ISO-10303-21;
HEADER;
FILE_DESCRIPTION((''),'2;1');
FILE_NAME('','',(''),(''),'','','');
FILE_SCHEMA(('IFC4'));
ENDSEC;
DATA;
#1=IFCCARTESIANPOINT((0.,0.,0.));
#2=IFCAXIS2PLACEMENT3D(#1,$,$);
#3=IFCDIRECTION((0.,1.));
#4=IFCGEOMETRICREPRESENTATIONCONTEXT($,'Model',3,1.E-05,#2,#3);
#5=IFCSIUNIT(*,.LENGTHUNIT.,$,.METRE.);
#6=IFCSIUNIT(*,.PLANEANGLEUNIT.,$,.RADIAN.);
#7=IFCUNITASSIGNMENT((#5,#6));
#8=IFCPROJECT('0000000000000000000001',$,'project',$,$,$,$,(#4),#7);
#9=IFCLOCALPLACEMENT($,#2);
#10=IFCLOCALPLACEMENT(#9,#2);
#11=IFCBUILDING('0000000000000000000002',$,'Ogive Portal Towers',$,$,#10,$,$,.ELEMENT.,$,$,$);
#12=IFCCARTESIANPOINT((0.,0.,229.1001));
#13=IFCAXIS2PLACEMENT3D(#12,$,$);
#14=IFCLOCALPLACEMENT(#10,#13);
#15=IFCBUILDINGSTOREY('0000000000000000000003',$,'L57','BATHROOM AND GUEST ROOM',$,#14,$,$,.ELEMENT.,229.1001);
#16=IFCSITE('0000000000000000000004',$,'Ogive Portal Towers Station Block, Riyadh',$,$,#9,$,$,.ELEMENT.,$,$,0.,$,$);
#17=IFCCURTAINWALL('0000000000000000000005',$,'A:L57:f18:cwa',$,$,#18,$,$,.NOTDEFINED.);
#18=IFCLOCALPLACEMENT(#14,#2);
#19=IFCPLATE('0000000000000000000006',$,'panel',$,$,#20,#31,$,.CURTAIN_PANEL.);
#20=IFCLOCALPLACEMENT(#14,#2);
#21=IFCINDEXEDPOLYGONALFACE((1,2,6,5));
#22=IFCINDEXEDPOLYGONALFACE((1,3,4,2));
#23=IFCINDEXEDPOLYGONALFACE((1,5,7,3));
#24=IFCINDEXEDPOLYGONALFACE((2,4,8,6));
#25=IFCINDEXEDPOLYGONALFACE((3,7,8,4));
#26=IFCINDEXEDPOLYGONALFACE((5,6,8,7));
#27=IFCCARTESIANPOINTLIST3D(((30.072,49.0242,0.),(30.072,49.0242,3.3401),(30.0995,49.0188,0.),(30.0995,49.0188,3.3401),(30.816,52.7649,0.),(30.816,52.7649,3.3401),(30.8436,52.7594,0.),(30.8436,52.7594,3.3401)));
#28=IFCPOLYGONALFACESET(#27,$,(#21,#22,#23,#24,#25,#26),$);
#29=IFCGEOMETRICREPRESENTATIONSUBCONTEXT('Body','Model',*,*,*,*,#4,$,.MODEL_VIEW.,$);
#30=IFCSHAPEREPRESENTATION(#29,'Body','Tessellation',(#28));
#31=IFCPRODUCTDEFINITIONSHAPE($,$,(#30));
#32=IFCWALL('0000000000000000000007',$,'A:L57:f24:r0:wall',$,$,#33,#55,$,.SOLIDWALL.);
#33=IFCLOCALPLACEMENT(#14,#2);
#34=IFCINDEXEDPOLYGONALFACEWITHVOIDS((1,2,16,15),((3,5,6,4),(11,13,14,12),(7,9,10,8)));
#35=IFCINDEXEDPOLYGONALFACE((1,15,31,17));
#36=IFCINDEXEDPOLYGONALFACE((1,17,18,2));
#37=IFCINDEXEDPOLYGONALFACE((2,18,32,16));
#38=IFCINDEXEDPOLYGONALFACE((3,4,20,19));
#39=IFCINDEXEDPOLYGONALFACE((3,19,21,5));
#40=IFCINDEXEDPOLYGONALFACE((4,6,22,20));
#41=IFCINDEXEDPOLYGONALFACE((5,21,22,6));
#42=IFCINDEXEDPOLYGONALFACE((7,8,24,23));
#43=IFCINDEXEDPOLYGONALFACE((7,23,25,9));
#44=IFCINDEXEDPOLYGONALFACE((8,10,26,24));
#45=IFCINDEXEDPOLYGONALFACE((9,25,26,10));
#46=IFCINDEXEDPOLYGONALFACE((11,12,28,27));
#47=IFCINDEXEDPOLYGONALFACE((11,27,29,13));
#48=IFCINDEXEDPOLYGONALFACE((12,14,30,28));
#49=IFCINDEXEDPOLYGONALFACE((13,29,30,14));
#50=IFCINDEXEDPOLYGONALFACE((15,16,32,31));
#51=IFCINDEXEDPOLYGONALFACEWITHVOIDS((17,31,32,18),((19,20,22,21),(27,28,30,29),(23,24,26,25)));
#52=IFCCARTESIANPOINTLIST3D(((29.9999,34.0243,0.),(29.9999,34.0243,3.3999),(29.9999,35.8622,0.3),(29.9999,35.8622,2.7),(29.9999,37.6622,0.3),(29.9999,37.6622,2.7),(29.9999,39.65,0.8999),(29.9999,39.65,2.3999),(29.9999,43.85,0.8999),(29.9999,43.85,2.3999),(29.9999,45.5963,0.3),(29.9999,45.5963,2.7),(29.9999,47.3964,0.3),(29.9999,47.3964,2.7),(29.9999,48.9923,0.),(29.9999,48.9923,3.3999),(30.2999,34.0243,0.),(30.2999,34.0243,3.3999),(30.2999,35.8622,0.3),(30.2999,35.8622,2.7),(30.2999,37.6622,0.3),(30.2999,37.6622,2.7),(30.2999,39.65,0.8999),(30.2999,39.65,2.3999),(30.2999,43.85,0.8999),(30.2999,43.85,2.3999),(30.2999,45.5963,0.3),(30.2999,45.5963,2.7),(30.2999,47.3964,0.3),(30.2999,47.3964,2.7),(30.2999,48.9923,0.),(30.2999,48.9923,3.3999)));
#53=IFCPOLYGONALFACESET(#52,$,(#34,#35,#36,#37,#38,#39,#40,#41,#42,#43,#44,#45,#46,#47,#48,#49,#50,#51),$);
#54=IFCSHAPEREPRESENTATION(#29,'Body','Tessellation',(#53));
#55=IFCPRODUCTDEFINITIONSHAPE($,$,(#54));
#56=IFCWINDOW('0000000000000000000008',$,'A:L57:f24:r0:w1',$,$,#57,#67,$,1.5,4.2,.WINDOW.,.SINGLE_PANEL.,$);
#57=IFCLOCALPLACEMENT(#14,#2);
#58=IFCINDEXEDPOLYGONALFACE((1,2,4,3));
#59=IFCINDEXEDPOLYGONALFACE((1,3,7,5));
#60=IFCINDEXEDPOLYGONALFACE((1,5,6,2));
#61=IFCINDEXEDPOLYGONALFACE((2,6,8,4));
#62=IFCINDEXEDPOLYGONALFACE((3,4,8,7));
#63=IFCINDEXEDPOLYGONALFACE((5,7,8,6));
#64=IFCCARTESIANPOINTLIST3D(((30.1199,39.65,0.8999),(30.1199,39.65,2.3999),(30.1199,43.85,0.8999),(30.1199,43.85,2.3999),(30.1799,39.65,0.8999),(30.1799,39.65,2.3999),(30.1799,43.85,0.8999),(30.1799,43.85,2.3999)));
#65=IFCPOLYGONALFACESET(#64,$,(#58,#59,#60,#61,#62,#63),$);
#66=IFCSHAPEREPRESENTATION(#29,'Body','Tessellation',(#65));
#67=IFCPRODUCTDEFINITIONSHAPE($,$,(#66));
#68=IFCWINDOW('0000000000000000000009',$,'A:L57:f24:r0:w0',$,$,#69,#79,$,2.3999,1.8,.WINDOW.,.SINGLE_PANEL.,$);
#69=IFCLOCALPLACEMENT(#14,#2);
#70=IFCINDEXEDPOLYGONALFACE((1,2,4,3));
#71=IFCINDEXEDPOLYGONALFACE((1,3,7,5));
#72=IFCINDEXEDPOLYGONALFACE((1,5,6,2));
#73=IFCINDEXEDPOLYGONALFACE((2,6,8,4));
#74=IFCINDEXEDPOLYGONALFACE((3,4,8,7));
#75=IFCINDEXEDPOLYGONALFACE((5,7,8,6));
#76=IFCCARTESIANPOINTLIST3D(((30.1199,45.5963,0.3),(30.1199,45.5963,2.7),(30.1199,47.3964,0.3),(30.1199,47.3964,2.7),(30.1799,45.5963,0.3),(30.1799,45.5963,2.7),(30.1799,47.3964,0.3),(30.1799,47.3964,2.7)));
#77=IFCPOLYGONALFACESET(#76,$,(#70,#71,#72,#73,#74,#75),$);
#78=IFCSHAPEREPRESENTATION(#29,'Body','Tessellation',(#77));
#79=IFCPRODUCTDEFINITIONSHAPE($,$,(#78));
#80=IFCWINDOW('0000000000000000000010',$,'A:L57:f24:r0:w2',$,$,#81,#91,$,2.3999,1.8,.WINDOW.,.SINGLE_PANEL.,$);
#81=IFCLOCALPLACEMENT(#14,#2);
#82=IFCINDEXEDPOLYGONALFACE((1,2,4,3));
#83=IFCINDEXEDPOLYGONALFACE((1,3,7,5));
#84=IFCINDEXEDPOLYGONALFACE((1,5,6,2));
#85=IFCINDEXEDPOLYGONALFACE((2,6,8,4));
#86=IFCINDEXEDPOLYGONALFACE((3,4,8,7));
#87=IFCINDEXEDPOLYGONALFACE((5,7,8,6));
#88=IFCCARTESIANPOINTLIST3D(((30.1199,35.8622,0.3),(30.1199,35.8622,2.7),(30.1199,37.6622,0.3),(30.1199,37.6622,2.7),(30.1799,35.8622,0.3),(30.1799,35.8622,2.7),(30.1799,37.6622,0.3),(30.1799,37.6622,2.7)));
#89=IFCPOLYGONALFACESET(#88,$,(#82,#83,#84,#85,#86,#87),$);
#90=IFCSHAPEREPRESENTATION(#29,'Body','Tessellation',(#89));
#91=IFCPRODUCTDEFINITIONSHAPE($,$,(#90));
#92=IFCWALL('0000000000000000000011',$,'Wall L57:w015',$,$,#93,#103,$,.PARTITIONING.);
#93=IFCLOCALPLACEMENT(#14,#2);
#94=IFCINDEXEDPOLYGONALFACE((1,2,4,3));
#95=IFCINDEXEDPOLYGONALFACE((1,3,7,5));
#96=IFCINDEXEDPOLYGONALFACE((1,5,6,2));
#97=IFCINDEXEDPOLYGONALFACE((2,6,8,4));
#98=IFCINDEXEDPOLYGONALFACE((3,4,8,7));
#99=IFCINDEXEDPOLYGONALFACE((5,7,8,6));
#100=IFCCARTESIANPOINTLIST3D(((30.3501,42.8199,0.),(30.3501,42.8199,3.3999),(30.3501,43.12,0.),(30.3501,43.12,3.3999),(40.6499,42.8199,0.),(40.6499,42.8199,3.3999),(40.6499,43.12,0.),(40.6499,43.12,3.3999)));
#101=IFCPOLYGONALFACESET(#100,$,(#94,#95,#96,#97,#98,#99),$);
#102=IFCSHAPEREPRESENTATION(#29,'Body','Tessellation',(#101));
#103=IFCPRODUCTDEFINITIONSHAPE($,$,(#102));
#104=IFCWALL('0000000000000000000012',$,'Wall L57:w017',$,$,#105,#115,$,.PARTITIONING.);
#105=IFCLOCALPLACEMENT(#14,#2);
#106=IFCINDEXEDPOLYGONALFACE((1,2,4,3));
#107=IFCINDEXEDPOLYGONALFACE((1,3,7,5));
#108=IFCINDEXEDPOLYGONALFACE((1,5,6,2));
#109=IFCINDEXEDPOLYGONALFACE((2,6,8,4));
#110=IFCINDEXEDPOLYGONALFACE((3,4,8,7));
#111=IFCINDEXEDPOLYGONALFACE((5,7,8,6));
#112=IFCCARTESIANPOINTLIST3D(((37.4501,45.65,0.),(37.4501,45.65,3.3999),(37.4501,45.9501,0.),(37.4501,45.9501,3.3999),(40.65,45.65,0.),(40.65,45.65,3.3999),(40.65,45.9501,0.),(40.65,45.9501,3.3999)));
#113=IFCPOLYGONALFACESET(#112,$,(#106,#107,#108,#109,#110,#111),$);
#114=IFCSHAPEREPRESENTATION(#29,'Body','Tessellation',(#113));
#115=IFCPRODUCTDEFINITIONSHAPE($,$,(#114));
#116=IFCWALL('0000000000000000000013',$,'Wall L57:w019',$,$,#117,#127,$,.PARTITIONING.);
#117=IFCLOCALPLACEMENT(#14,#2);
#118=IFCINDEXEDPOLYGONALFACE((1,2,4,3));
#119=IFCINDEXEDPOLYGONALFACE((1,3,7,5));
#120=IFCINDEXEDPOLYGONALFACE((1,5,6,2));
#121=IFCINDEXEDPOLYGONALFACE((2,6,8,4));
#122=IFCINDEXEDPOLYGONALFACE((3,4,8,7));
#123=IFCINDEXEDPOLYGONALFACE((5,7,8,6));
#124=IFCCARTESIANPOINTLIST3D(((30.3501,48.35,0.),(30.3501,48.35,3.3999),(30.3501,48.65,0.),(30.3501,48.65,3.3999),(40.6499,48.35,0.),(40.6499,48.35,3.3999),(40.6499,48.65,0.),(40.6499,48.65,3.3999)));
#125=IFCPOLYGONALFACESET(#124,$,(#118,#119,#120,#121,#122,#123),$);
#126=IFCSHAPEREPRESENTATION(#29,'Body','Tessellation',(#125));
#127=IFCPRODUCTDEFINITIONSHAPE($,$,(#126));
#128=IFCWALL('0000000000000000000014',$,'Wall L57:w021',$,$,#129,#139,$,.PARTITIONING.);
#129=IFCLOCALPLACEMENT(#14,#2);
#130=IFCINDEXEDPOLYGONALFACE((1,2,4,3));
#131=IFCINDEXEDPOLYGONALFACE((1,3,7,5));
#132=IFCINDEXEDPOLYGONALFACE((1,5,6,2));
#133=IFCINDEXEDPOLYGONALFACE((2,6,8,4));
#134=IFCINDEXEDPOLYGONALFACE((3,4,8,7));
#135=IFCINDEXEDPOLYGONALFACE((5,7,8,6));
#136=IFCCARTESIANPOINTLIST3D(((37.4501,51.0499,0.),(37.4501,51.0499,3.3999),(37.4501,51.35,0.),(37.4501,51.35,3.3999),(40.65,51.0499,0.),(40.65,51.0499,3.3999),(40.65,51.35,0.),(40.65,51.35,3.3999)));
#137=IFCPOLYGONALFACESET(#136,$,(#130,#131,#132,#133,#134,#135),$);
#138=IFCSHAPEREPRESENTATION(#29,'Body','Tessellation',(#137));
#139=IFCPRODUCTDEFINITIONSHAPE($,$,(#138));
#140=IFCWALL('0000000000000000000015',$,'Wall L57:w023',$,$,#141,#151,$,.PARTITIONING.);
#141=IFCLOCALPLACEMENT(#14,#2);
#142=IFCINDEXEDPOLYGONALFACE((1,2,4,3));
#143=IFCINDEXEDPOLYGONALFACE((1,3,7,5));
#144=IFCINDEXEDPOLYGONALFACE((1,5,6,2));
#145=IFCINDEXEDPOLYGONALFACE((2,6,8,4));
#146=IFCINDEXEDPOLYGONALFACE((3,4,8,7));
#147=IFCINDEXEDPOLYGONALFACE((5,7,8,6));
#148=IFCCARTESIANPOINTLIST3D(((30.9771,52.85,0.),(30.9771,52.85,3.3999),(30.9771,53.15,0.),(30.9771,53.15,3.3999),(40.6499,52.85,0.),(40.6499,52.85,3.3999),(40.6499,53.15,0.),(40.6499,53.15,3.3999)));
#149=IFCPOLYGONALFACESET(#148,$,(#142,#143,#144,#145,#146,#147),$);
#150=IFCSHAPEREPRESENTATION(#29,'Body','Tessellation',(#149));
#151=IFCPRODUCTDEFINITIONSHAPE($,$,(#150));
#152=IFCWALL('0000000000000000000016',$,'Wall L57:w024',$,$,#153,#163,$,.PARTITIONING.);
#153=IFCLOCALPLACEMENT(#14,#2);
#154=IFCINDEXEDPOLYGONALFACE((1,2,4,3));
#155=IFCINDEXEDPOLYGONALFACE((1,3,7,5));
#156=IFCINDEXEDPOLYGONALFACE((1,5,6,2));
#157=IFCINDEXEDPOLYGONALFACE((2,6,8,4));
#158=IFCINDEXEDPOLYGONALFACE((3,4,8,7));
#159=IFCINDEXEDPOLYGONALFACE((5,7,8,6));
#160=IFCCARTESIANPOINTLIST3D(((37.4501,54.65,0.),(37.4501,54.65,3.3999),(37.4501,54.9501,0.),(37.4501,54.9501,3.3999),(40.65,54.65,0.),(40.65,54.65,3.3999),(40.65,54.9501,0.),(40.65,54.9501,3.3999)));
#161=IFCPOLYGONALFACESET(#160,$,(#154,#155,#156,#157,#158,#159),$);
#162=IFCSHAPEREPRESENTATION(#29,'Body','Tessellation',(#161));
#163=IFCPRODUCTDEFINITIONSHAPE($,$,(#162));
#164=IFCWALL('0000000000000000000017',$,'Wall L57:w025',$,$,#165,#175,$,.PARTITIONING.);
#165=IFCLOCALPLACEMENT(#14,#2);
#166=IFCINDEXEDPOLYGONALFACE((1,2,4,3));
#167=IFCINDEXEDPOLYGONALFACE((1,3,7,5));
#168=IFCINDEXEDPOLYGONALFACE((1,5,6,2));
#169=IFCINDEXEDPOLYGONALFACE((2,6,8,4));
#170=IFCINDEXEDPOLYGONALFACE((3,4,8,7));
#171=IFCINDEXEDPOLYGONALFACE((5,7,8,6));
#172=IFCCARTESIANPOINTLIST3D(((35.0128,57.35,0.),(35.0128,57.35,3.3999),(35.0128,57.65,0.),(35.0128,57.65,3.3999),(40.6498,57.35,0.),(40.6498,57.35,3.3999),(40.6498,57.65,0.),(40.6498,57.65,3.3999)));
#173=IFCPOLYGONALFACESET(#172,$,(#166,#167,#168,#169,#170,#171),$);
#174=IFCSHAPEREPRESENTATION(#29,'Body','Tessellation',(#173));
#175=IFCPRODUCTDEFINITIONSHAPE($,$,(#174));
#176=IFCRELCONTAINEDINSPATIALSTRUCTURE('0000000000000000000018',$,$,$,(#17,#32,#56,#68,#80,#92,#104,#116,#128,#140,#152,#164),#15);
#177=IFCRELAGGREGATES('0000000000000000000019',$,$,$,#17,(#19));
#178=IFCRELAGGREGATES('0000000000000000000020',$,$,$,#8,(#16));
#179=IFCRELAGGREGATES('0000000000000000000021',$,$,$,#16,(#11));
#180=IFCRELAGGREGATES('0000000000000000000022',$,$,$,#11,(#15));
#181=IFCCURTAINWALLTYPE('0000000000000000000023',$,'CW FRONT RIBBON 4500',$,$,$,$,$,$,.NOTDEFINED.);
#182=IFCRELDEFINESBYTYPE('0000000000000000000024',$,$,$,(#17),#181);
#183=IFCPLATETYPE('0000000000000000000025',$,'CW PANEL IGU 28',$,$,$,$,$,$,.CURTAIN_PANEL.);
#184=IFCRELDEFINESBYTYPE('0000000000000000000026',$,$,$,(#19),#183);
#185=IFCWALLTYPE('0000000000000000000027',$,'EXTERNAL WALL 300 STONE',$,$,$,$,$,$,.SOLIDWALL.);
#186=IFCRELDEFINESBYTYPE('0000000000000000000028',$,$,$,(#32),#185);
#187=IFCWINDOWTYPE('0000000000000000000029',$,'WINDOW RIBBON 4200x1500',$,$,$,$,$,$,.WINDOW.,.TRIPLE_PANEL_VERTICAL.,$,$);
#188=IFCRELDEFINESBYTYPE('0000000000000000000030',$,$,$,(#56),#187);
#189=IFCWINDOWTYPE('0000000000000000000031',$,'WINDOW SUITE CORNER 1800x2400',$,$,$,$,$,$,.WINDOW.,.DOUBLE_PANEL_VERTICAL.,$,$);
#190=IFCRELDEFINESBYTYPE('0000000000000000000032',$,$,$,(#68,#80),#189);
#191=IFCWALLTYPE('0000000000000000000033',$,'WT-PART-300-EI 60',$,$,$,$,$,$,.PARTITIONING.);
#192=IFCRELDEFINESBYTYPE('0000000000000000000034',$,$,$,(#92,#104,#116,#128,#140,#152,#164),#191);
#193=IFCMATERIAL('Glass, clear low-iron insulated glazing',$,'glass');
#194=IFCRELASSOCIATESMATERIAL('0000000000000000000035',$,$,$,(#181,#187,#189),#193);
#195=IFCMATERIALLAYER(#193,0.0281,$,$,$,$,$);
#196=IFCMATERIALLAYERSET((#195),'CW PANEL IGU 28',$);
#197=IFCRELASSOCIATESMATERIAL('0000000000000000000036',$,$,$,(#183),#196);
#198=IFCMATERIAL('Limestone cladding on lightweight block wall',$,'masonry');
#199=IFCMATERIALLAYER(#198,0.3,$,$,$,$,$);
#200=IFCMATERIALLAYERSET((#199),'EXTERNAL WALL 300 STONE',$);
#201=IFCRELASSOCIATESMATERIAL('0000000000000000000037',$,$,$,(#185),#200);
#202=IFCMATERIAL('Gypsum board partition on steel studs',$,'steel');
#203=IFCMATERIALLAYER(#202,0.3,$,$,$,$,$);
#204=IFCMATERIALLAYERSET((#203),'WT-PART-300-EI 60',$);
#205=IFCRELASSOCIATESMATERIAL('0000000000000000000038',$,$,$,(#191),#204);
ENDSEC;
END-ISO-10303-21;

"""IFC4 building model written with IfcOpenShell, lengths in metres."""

from ifc_helpers import new_model, si_unit, direction, frame, frame_2d, origin, origin_2d, place, context, subcontext, project, spatial, rectangle, extrude, material, layer, layer_set, type_object, element, fill, aggregate, save


model = new_model("IFC4")

# Units and contexts
model_context = context("Model", 3, precision=1e-05, world=origin(), true_north=direction((0.0, 1.0)))
body_context = subcontext(model_context, "Body", "Model", "MODEL_VIEW")
ifc_project = project(units=[si_unit("LENGTHUNIT", "METRE"), si_unit("PLANEANGLEUNIT", "RADIAN")], contexts=[model_context])

# Site, building, storey
site_placement = place(None, origin())
site = spatial("IfcSite", under=ifc_project, at=site_placement, Name="Ogive Portal Towers Station Block, Riyadh", CompositionType="ELEMENT", RefElevation=0.0)
building_placement = place(site_placement, origin())
building = spatial("IfcBuilding", under=site, at=building_placement, Name="Ogive Portal Towers", CompositionType="ELEMENT")
storey_placement = place(building_placement, frame((0.0, 0.0, 229.1001)))
storey = spatial("IfcBuildingStorey", under=building, at=storey_placement, Name="L57", Description="BATHROOM AND GUEST ROOM", CompositionType="ELEMENT", Elevation=229.1001)

# Curtain wall, plate
ifc_material_1 = material(Name="Glass, clear low-iron insulated glazing", Category="glass")
curtain_wall_type = type_object("IfcCurtainWallType", Name="CW FRONT RIBBON 4500", PredefinedType="NOTDEFINED", material=ifc_material_1)
curtain_wall_placement = place(storey_placement, origin())
curtain_wall = element("IfcCurtainWall", 1, at=curtain_wall_placement, inside=storey, type_object=curtain_wall_type, Name="A:L57:f18:cwa", PredefinedType="NOTDEFINED")
ifc_layer_1 = layer(ifc_material_1, 0.0281)
ifc_layer_set_1 = layer_set([ifc_layer_1], Name="CW PANEL IGU 28")
plate_type = type_object("IfcPlateType", Name="CW PANEL IGU 28", PredefinedType="CURTAIN_PANEL", material=ifc_layer_set_1)
plate_1_placement = place(storey_placement, frame((30.4578, 50.8918, 0.0), z_axis=(0.0, 0.0, 1.0), x_axis=(-0.19509, -0.980785, 0.0)))
plate_1 = element("IfcPlate", 2, at=plate_1_placement, type_object=plate_type, Name="panel", PredefinedType="CURTAIN_PANEL", context=body_context, shape_type="SweptSolid", body=[
    extrude(rectangle(XDim=3.814, YDim=0.0281, at=origin_2d()), origin(), (0.0, 0.0, 1.0), 3.3401),
])
aggregate(curtain_wall, [plate_1])

# Wall, openings, windows
ifc_material_2 = material(Name="Limestone cladding on lightweight block wall", Category="masonry")
ifc_layer_2 = layer(ifc_material_2, 0.3)
ifc_layer_set_2 = layer_set([ifc_layer_2], Name="EXTERNAL WALL 300 STONE")
wall_type_1 = type_object("IfcWallType", Name="EXTERNAL WALL 300 STONE", PredefinedType="SOLIDWALL", material=ifc_layer_set_2)
wall_1_placement = place(storey_placement, frame((30.1499, 48.9922, 0.0), z_axis=(0.0, 0.0, 1.0), x_axis=(0.0, -1.0, 0.0)))
wall_1 = element("IfcWall", 3, at=wall_1_placement, inside=storey, type_object=wall_type_1, Name="A:L57:f24:r0:wall", PredefinedType="SOLIDWALL", context=body_context, shape_type="SweptSolid", body=[
    extrude(rectangle(XDim=14.968, YDim=0.3, at=frame_2d((7.4839, 0.0))), origin(), (0.0, 0.0, 1.0), 3.3999),
])
opening_1_placement = place(wall_1_placement, frame((1.5959, 0.0, 0.3)))
opening_1 = element("IfcOpeningElement", 4, at=opening_1_placement, cuts=wall_1, PredefinedType="OPENING", context=body_context, shape_type="SweptSolid", body=[
    extrude(rectangle(XDim=1.8, YDim=2.3999, at=frame_2d((0.8999, 1.2))), frame((0.0, 0.1602, 0.0), z_axis=(0.0, -1.0, 0.0), x_axis=(1.0, 0.0, 0.0)), (0.0, 0.0, 1.0), 0.3201),
])
opening_2_placement = place(wall_1_placement, frame((5.1421, 0.0, 0.8999)))
opening_2 = element("IfcOpeningElement", 5, at=opening_2_placement, cuts=wall_1, PredefinedType="OPENING", context=body_context, shape_type="SweptSolid", body=[
    extrude(rectangle(XDim=4.2, YDim=1.5, at=frame_2d((2.1001, 0.75))), frame((0.0, 0.1602, 0.0), z_axis=(0.0, -1.0, 0.0), x_axis=(1.0, 0.0, 0.0)), (0.0, 0.0, 1.0), 0.3201),
])
opening_3_placement = place(wall_1_placement, frame((11.3301, 0.0, 0.3)))
opening_3 = element("IfcOpeningElement", 6, at=opening_3_placement, cuts=wall_1, PredefinedType="OPENING", context=body_context, shape_type="SweptSolid", body=[
    extrude(rectangle(XDim=1.8, YDim=2.3999, at=frame_2d((0.8999, 1.2))), frame((0.0, 0.1602, 0.0), z_axis=(0.0, -1.0, 0.0), x_axis=(1.0, 0.0, 0.0)), (0.0, 0.0, 1.0), 0.3201),
])
window_type_1 = type_object("IfcWindowType", Name="WINDOW RIBBON 4200x1500", PartitioningType="TRIPLE_PANEL_VERTICAL", PredefinedType="WINDOW", material=ifc_material_1)
window_1_placement = place(opening_2_placement, origin())
window_1 = element("IfcWindow", 7, at=window_1_placement, inside=storey, type_object=window_type_1, Name="A:L57:f24:r0:w1", OverallHeight=1.5, OverallWidth=4.2, PartitioningType="SINGLE_PANEL", PredefinedType="WINDOW", context=body_context, shape_type="SweptSolid", body=[
    extrude(rectangle(XDim=4.2, YDim=1.5, at=frame_2d((2.1001, 0.75))), frame((0.0, 0.03, 0.0), z_axis=(0.0, -1.0, 0.0), x_axis=(1.0, 0.0, 0.0)), (0.0, 0.0, 1.0), 0.0601),
])
fill(opening_2, window_1)
window_type_2 = type_object("IfcWindowType", Name="WINDOW SUITE CORNER 1800x2400", PartitioningType="DOUBLE_PANEL_VERTICAL", PredefinedType="WINDOW", material=ifc_material_1)
window_2_placement = place(opening_1_placement, origin())
window_2 = element("IfcWindow", 8, at=window_2_placement, inside=storey, type_object=window_type_2, Name="A:L57:f24:r0:w0", OverallHeight=2.3999, OverallWidth=1.8, PartitioningType="SINGLE_PANEL", PredefinedType="WINDOW", context=body_context, shape_type="SweptSolid", body=[
    extrude(rectangle(XDim=1.8, YDim=2.3999, at=frame_2d((0.8999, 1.2))), frame((0.0, 0.03, 0.0), z_axis=(0.0, -1.0, 0.0), x_axis=(1.0, 0.0, 0.0)), (0.0, 0.0, 1.0), 0.0601),
])
fill(opening_1, window_2)
window_3_placement = place(opening_3_placement, origin())
window_3 = element("IfcWindow", 9, at=window_3_placement, inside=storey, type_object=window_type_2, Name="A:L57:f24:r0:w2", OverallHeight=2.3999, OverallWidth=1.8, PartitioningType="SINGLE_PANEL", PredefinedType="WINDOW", context=body_context, shape_type="SweptSolid", body=[
    extrude(rectangle(XDim=1.8, YDim=2.3999, at=frame_2d((0.8999, 1.2))), frame((0.0, 0.03, 0.0), z_axis=(0.0, -1.0, 0.0), x_axis=(1.0, 0.0, 0.0)), (0.0, 0.0, 1.0), 0.0601),
])
fill(opening_3, window_3)

# Walls
ifc_material_3 = material(Name="Gypsum board partition on steel studs", Category="steel")
ifc_layer_3 = layer(ifc_material_3, 0.3)
ifc_layer_set_3 = layer_set([ifc_layer_3], Name="WT-PART-300-EI 60")
wall_type_2 = type_object("IfcWallType", Name="WT-PART-300-EI 60", PredefinedType="PARTITIONING", material=ifc_layer_set_3)
wall_2_placement = place(storey_placement, frame((30.3501, 42.97, 0.0), z_axis=(0.0, 0.0, 1.0), x_axis=(1.0, 0.0, 0.0)))
element("IfcWall", 10, at=wall_2_placement, inside=storey, type_object=wall_type_2, Name="Wall L57:w015", PredefinedType="PARTITIONING", context=body_context, shape_type="SweptSolid", body=[
    extrude(rectangle(XDim=10.2998, YDim=0.3, at=frame_2d((5.1499, 0.0))), origin(), (0.0, 0.0, 1.0), 3.3999),
])
wall_3_placement = place(storey_placement, frame((37.45, 45.8, 0.0), z_axis=(0.0, 0.0, 1.0), x_axis=(1.0, 0.0, 0.0)))
element("IfcWall", 11, at=wall_3_placement, inside=storey, type_object=wall_type_2, Name="Wall L57:w017", PredefinedType="PARTITIONING", context=body_context, shape_type="SweptSolid", body=[
    extrude(rectangle(XDim=3.2, YDim=0.3, at=frame_2d((1.6001, 0.0))), origin(), (0.0, 0.0, 1.0), 3.3999),
])
wall_4_placement = place(storey_placement, frame((30.3501, 48.5, 0.0), z_axis=(0.0, 0.0, 1.0), x_axis=(1.0, 0.0, 0.0)))
element("IfcWall", 12, at=wall_4_placement, inside=storey, type_object=wall_type_2, Name="Wall L57:w019", PredefinedType="PARTITIONING", context=body_context, shape_type="SweptSolid", body=[
    extrude(rectangle(XDim=10.2998, YDim=0.3, at=frame_2d((5.1499, 0.0))), origin(), (0.0, 0.0, 1.0), 3.3999),
])
wall_5_placement = place(storey_placement, frame((37.45, 51.2, 0.0), z_axis=(0.0, 0.0, 1.0), x_axis=(1.0, 0.0, 0.0)))
element("IfcWall", 13, at=wall_5_placement, inside=storey, type_object=wall_type_2, Name="Wall L57:w021", PredefinedType="PARTITIONING", context=body_context, shape_type="SweptSolid", body=[
    extrude(rectangle(XDim=3.2, YDim=0.3, at=frame_2d((1.6001, 0.0))), origin(), (0.0, 0.0, 1.0), 3.3999),
])
wall_6_placement = place(storey_placement, frame((30.9771, 53.0, 0.0), z_axis=(0.0, 0.0, 1.0), x_axis=(1.0, 0.0, 0.0)))
element("IfcWall", 14, at=wall_6_placement, inside=storey, type_object=wall_type_2, Name="Wall L57:w023", PredefinedType="PARTITIONING", context=body_context, shape_type="SweptSolid", body=[
    extrude(rectangle(XDim=9.6729, YDim=0.3, at=frame_2d((4.8364, 0.0))), origin(), (0.0, 0.0, 1.0), 3.3999),
])
wall_7_placement = place(storey_placement, frame((37.45, 54.8, 0.0), z_axis=(0.0, 0.0, 1.0), x_axis=(1.0, 0.0, 0.0)))
element("IfcWall", 15, at=wall_7_placement, inside=storey, type_object=wall_type_2, Name="Wall L57:w024", PredefinedType="PARTITIONING", context=body_context, shape_type="SweptSolid", body=[
    extrude(rectangle(XDim=3.2, YDim=0.3, at=frame_2d((1.6001, 0.0))), origin(), (0.0, 0.0, 1.0), 3.3999),
])
wall_8_placement = place(storey_placement, frame((35.0129, 57.5, 0.0), z_axis=(0.0, 0.0, 1.0), x_axis=(1.0, 0.0, 0.0)))
element("IfcWall", 16, at=wall_8_placement, inside=storey, type_object=wall_type_2, Name="Wall L57:w025", PredefinedType="PARTITIONING", context=body_context, shape_type="SweptSolid", body=[
    extrude(rectangle(XDim=5.637, YDim=0.3, at=frame_2d((2.8184, 0.0))), origin(), (0.0, 0.0, 1.0), 3.3999),
])

save(model, "model.ifc")
